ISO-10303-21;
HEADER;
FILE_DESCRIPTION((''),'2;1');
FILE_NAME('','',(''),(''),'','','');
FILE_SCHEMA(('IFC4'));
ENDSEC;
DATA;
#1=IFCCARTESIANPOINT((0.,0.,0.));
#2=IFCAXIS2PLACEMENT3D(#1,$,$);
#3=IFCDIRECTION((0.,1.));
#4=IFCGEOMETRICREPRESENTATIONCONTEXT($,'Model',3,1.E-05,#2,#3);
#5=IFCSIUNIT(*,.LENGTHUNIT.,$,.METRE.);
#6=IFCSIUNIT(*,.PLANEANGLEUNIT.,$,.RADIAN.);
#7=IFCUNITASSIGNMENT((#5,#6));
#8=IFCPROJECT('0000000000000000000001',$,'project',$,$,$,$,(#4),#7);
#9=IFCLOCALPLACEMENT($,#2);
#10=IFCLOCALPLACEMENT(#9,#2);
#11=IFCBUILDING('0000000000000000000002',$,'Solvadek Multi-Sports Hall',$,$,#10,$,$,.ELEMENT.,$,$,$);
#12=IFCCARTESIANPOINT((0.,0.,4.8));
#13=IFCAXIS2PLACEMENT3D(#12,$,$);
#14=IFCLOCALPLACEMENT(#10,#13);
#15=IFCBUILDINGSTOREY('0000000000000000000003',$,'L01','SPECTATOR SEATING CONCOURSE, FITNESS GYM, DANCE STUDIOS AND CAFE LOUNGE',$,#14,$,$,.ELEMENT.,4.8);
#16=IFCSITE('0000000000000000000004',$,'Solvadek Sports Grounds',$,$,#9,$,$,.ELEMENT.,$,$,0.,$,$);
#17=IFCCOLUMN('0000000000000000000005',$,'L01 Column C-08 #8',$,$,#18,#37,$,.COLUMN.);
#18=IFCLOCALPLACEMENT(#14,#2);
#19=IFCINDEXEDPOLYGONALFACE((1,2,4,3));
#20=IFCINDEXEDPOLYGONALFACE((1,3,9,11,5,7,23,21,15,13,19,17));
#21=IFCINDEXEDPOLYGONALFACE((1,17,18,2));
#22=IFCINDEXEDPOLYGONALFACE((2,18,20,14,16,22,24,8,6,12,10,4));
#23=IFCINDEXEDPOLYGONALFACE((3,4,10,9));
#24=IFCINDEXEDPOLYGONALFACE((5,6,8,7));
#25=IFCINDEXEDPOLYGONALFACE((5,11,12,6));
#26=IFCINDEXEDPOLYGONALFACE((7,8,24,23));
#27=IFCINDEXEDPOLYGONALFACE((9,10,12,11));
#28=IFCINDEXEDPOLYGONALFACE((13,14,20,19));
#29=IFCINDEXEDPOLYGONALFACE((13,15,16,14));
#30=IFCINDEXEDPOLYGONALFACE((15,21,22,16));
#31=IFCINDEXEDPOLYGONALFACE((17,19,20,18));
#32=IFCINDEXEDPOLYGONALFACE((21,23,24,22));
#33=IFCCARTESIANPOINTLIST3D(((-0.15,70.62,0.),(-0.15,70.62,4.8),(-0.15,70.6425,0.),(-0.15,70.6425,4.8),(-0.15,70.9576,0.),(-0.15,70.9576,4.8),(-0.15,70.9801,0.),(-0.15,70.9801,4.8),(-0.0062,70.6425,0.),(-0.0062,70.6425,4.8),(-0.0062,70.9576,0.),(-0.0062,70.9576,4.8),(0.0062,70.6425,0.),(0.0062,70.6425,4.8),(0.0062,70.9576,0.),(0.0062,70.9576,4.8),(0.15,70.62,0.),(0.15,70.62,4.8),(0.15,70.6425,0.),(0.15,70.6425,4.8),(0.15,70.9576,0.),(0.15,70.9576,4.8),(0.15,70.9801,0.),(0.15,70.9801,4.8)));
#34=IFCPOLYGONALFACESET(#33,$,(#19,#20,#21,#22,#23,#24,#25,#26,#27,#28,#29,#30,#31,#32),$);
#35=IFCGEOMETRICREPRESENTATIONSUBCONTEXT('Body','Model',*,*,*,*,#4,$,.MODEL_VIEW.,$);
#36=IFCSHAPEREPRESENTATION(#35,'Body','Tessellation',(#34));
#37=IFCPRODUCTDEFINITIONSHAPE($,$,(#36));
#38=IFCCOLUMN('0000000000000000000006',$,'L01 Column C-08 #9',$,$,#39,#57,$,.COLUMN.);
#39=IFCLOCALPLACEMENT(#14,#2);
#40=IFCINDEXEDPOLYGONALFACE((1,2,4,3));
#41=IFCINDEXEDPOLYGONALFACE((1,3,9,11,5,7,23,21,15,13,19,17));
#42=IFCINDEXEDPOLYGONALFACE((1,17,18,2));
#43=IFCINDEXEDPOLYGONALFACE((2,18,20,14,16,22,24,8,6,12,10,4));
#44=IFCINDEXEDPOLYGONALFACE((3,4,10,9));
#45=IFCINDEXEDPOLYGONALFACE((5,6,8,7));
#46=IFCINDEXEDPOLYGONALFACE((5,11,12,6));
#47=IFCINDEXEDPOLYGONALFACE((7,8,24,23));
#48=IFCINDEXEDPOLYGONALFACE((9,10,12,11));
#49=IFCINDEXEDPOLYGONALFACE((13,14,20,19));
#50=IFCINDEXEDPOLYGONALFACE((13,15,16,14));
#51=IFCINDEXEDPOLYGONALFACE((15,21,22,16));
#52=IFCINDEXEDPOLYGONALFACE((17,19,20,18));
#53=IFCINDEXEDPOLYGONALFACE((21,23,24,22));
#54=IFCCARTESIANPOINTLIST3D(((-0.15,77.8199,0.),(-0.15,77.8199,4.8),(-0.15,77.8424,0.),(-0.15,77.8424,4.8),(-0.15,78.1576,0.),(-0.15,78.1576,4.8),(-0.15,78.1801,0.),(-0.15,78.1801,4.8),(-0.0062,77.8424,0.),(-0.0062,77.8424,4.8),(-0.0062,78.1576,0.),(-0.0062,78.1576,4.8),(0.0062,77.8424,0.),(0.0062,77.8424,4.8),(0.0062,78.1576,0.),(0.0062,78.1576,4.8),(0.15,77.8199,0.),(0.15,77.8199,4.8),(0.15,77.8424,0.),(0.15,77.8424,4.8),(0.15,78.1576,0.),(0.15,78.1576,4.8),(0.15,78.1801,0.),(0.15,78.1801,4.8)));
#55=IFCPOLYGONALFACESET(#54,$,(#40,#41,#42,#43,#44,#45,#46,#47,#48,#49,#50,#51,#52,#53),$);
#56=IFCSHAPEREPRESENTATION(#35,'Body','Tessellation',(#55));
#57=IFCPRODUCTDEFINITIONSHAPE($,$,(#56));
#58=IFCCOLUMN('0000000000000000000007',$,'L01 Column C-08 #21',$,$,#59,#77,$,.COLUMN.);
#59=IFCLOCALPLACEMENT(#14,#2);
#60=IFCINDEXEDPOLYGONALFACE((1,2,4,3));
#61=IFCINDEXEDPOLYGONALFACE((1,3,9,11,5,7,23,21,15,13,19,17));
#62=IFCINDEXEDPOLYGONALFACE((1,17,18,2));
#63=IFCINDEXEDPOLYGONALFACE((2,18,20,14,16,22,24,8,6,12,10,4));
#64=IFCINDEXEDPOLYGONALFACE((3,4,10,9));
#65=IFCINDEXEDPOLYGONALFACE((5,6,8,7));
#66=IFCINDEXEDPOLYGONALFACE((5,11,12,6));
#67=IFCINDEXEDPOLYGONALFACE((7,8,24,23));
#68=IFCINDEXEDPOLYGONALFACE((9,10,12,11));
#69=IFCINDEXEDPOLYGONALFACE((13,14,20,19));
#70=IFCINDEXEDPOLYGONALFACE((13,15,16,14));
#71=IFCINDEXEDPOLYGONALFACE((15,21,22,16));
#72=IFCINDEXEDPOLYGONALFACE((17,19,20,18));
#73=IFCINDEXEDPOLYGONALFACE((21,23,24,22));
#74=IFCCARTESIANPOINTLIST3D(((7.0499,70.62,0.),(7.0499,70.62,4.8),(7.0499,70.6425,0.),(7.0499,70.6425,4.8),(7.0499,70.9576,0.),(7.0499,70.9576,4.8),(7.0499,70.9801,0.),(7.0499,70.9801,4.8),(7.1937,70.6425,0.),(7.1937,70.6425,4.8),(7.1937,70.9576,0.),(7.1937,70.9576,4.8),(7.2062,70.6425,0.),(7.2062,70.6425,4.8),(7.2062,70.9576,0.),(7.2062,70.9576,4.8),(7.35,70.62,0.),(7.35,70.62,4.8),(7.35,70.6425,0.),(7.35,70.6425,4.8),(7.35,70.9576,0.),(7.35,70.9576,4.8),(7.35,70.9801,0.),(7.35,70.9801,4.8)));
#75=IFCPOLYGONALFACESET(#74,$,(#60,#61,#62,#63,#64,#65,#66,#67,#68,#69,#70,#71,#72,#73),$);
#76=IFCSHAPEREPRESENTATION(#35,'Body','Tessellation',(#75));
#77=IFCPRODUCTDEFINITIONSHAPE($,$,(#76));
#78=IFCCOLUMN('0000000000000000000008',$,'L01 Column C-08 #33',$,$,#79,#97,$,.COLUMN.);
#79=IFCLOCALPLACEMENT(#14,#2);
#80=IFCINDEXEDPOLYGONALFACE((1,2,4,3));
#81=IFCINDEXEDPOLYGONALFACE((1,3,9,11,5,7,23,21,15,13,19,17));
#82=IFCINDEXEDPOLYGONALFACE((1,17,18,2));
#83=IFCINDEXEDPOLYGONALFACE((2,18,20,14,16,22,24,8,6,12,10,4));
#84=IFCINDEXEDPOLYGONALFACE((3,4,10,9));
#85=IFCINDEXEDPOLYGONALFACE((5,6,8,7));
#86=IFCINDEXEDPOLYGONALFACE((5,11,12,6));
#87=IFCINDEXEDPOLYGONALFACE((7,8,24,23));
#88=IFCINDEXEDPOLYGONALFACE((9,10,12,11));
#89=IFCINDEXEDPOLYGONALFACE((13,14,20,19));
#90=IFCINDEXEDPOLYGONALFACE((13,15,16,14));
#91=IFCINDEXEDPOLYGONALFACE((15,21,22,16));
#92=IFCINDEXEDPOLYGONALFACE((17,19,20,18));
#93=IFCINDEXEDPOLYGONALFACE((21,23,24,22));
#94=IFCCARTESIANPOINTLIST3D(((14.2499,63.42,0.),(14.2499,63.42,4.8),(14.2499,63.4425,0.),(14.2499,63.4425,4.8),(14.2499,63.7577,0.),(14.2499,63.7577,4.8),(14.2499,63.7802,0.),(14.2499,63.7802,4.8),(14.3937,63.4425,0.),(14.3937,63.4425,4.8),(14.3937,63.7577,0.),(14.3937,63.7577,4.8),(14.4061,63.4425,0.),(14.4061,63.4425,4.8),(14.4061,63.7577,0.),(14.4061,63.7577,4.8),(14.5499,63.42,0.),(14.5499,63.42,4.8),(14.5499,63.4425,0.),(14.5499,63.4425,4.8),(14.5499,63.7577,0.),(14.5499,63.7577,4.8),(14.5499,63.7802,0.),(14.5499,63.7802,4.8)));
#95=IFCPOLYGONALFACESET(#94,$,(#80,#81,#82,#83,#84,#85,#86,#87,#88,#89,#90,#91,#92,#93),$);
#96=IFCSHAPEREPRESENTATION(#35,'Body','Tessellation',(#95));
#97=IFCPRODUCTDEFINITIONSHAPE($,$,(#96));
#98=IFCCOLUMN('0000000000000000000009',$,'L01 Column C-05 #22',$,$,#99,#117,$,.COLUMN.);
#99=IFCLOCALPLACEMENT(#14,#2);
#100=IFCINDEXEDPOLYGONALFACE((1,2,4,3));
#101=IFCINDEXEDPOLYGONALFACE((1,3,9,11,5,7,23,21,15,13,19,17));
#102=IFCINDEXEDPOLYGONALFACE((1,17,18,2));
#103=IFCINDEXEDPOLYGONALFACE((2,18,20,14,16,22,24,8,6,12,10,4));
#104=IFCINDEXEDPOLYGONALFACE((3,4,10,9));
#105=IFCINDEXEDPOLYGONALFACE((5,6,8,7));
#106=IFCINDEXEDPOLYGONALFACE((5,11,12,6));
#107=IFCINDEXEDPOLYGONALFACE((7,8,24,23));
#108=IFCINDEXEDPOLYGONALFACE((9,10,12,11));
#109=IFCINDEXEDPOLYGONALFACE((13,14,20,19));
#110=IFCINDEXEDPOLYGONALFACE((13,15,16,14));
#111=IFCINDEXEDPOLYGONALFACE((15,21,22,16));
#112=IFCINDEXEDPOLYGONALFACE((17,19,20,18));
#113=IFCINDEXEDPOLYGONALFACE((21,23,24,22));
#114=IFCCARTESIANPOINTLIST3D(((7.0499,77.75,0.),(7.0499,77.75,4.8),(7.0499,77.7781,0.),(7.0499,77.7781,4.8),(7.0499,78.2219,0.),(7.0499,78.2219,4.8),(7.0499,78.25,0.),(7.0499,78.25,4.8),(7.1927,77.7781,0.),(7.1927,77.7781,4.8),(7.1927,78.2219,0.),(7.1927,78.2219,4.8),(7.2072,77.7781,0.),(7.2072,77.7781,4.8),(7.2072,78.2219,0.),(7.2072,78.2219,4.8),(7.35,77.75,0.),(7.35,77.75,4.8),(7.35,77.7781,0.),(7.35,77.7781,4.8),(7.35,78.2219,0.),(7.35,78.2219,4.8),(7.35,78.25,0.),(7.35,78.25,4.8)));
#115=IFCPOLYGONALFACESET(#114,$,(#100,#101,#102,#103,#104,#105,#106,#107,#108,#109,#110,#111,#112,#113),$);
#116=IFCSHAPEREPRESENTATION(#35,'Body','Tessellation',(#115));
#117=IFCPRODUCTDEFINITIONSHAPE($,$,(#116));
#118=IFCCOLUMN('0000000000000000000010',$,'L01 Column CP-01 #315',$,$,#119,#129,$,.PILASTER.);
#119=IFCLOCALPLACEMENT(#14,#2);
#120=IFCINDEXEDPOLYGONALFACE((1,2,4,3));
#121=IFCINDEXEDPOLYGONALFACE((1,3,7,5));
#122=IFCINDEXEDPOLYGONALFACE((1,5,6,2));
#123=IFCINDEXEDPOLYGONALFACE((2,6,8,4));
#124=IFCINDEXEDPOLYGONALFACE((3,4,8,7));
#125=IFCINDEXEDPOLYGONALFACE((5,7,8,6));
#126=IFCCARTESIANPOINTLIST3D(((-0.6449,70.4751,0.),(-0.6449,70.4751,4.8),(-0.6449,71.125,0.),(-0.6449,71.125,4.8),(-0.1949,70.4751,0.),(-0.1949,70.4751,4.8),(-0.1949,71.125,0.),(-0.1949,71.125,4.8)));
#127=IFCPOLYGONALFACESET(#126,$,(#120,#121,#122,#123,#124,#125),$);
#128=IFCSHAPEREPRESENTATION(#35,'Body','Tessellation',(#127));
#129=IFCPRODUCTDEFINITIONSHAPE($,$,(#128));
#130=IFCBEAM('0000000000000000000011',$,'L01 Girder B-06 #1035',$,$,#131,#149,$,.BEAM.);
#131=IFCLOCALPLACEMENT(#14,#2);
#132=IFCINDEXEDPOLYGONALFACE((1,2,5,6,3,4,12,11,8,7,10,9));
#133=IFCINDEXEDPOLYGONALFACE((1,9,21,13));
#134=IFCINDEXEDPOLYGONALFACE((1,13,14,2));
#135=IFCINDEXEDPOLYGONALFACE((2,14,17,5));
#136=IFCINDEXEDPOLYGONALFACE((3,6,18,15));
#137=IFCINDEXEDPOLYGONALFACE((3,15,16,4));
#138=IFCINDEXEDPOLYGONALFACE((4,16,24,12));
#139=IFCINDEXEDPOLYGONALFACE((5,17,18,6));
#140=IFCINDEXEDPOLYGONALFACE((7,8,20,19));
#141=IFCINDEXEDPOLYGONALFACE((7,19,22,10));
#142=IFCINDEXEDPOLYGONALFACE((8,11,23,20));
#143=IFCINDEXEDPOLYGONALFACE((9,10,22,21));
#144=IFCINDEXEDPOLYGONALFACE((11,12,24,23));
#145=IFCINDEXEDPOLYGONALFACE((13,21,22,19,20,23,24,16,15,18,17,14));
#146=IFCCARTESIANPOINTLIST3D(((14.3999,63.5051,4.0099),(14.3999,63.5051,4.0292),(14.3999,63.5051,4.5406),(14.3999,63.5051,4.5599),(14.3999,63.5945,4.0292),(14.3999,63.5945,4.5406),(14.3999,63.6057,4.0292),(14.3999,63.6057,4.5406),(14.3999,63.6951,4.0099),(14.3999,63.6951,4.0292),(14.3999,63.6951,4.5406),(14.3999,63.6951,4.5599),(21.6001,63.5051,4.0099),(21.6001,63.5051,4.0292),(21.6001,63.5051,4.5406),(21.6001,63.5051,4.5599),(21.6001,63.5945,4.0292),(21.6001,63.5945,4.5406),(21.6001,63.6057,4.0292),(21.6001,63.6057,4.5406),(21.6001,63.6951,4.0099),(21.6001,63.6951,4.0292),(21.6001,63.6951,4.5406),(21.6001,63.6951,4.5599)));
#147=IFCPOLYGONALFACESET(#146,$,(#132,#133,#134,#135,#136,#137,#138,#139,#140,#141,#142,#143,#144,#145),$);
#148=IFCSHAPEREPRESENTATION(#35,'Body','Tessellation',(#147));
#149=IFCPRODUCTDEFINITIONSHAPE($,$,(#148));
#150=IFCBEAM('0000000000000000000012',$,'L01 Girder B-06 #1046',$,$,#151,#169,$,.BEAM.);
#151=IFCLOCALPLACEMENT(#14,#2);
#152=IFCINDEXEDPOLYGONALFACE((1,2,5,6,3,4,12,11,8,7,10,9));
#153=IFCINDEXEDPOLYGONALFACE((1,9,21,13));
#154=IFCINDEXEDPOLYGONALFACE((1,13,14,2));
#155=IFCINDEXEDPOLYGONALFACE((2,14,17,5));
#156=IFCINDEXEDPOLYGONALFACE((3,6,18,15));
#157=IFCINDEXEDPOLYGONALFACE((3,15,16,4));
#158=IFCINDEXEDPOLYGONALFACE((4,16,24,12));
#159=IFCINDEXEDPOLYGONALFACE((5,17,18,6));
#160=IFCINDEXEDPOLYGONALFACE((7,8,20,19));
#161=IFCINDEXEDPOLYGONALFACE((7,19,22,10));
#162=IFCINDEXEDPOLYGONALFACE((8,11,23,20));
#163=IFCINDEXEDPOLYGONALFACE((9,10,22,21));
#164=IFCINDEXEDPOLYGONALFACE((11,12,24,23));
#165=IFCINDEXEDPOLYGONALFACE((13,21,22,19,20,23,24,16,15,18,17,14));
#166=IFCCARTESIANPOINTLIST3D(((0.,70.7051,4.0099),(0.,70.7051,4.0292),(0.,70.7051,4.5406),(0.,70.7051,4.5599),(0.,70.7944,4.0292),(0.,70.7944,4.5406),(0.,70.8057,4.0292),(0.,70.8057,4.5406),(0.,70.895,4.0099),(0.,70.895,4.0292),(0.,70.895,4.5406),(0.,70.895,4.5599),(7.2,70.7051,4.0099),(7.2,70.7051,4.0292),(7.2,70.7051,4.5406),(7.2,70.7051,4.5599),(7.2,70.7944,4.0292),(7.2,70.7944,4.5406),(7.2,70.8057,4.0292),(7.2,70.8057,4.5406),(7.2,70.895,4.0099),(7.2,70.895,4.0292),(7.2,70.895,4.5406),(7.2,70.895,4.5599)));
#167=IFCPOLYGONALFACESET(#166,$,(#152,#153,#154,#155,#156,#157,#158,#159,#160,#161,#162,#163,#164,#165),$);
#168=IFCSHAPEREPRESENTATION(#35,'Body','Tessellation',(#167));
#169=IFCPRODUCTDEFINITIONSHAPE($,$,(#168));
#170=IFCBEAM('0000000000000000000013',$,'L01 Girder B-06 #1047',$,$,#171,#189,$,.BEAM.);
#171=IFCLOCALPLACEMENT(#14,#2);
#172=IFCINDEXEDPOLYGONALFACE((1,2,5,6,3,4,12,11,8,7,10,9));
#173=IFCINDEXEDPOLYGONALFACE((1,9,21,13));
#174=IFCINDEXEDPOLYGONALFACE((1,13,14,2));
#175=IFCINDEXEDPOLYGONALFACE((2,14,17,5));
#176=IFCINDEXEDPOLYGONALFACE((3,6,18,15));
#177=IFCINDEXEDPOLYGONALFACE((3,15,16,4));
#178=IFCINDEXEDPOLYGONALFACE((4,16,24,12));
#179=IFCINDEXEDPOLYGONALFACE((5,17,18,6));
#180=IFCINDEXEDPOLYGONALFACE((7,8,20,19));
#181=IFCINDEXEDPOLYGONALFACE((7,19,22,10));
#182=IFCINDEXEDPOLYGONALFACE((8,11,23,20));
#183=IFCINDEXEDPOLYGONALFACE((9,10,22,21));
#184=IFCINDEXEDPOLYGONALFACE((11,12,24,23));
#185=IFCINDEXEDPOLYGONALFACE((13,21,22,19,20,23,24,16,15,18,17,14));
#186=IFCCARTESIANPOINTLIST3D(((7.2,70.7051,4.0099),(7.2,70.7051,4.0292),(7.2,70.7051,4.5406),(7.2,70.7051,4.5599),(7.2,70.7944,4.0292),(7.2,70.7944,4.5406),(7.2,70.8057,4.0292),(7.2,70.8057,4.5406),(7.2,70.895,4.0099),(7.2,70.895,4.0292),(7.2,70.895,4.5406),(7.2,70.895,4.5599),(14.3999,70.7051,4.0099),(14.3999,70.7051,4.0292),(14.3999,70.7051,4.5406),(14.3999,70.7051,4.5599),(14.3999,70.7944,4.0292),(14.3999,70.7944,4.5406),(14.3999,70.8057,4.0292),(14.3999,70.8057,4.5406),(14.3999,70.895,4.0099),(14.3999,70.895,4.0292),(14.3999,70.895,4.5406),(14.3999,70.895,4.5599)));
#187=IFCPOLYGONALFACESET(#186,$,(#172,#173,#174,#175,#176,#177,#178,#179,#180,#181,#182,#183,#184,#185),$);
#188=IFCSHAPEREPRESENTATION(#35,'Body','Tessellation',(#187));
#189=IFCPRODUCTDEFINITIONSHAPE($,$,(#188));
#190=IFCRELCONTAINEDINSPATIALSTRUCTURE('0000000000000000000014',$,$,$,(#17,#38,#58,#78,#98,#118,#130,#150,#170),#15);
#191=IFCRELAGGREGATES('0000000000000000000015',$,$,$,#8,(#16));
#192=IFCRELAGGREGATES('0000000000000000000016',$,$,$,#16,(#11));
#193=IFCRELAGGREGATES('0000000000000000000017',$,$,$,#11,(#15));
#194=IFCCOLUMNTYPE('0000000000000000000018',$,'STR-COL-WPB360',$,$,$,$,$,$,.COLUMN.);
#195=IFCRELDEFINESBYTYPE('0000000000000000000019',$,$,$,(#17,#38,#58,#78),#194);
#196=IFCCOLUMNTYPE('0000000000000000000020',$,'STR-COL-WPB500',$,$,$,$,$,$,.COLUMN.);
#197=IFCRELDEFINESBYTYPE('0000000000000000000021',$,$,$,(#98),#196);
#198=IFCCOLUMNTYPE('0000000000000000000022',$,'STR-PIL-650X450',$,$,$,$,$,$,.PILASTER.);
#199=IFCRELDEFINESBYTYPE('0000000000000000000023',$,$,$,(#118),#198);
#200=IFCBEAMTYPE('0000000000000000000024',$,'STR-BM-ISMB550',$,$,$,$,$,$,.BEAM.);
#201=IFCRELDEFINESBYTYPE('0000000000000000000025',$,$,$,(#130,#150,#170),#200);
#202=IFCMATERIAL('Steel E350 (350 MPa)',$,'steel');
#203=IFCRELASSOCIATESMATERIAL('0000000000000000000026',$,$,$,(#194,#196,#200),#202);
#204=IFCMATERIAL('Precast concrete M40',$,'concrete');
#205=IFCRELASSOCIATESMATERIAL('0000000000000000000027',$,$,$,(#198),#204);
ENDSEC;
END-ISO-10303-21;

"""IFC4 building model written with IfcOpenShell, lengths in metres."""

from ifc_helpers import new_model, si_unit, direction, frame, origin, origin_2d, place, context, subcontext, project, spatial, rectangle, i_section, extrude, material, material_profile, profile_set, type_object, element, save


model = new_model("IFC4")

# Units and contexts
model_context = context("Model", 3, precision=1e-05, world=origin(), true_north=direction((0.0, 1.0)))
body_context = subcontext(model_context, "Body", "Model", "MODEL_VIEW")
ifc_project = project(units=[si_unit("LENGTHUNIT", "METRE"), si_unit("PLANEANGLEUNIT", "RADIAN")], contexts=[model_context])

# Site, building, storey
site_placement = place(None, origin())
site = spatial("IfcSite", under=ifc_project, at=site_placement, Name="Solvadek Sports Grounds", CompositionType="ELEMENT", RefElevation=0.0)
building_placement = place(site_placement, origin())
building = spatial("IfcBuilding", under=site, at=building_placement, Name="Solvadek Multi-Sports Hall", CompositionType="ELEMENT")
storey_placement = place(building_placement, frame((0.0, 0.0, 4.8)))
storey = spatial("IfcBuildingStorey", under=building, at=storey_placement, Name="L01", Description="SPECTATOR SEATING CONCOURSE, FITNESS GYM, DANCE STUDIOS AND CAFE LOUNGE", CompositionType="ELEMENT", Elevation=4.8)

# Columns
ifc_material_1 = material(Name="Steel E350 (350 MPa)", Category="steel")
ifc_material_profile_1 = material_profile(ifc_material_1, i_section(OverallWidth=0.3, OverallDepth=0.3601, WebThickness=0.0125, FlangeThickness=0.0225, at=origin_2d()), Name="WPB 360")
ifc_profile_set_1 = profile_set([ifc_material_profile_1], Name="Steel E350 (350 MPa)")
column_type_1 = type_object("IfcColumnType", Name="STR-COL-WPB360", PredefinedType="COLUMN", material=ifc_profile_set_1)
for number, where, z_axis, x_axis, name in (
    (1, (0.0, 70.8, 0.0), (0.0, 0.0, 1.0), (1.0, 0.0, 0.0), "L01 Column C-08 #8"),
    (2, (0.0, 78.0, 0.0), (0.0, 0.0, 1.0), (1.0, 0.0, 0.0), "L01 Column C-08 #9"),
    (3, (7.2, 70.8, 0.0), (0.0, 0.0, 1.0), (1.0, 0.0, 0.0), "L01 Column C-08 #21"),
    (4, (14.3999, 63.6001, 0.0), (0.0, 0.0, 1.0), (1.0, 0.0, 0.0), "L01 Column C-08 #33"),
):
    element("IfcColumn", number, at=place(storey_placement, frame(where, z_axis=z_axis, x_axis=x_axis)), inside=storey, type_object=column_type_1, Name=name, PredefinedType="COLUMN", context=body_context, shape_type="SweptSolid", body=[
        extrude(i_section(OverallWidth=0.3, OverallDepth=0.3601, WebThickness=0.0125, FlangeThickness=0.0225, at=origin_2d()), origin(), (0.0, 0.0, 1.0), 4.8),
    ])
ifc_material_profile_2 = material_profile(ifc_material_1, i_section(OverallWidth=0.3, OverallDepth=0.5, WebThickness=0.0144, FlangeThickness=0.0281, at=origin_2d()), Name="WPB 500")
ifc_profile_set_2 = profile_set([ifc_material_profile_2], Name="Steel E350 (350 MPa)")
column_type_2 = type_object("IfcColumnType", Name="STR-COL-WPB500", PredefinedType="COLUMN", material=ifc_profile_set_2)
column_1_placement = place(storey_placement, frame((7.2, 78.0, 0.0), z_axis=(0.0, 0.0, 1.0), x_axis=(1.0, 0.0, 0.0)))
element("IfcColumn", 5, at=column_1_placement, inside=storey, type_object=column_type_2, Name="L01 Column C-05 #22", PredefinedType="COLUMN", context=body_context, shape_type="SweptSolid", body=[
    extrude(i_section(OverallWidth=0.3, OverallDepth=0.5, WebThickness=0.0144, FlangeThickness=0.0281, at=origin_2d()), origin(), (0.0, 0.0, 1.0), 4.8),
])
ifc_material_2 = material(Name="Precast concrete M40", Category="concrete")
ifc_material_profile_3 = material_profile(ifc_material_2, rectangle(XDim=0.45, YDim=0.6499, at=origin_2d()), Name="RC PILASTER 650x450")
ifc_profile_set_3 = profile_set([ifc_material_profile_3], Name="Precast concrete M40")
column_type_3 = type_object("IfcColumnType", Name="STR-PIL-650X450", PredefinedType="PILASTER", material=ifc_profile_set_3)
column_2_placement = place(storey_placement, frame((-0.4199, 70.8, 0.0), z_axis=(0.0, 0.0, 1.0), x_axis=(1.0, 0.0, 0.0)))
element("IfcColumn", 6, at=column_2_placement, inside=storey, type_object=column_type_3, Name="L01 Column CP-01 #315", PredefinedType="PILASTER", context=body_context, shape_type="SweptSolid", body=[
    extrude(rectangle(XDim=0.45, YDim=0.6499, at=origin_2d()), origin(), (0.0, 0.0, 1.0), 4.8),
])

# Beams
ifc_material_profile_4 = material_profile(ifc_material_1, i_section(OverallWidth=0.1899, OverallDepth=0.55, WebThickness=0.0112, FlangeThickness=0.0193, at=origin_2d()), Name="ISMB 550")
ifc_profile_set_4 = profile_set([ifc_material_profile_4], Name="Steel E350 (350 MPa)")
beam_type_1 = type_object("IfcBeamType", Name="STR-BM-ISMB550", PredefinedType="BEAM", material=ifc_profile_set_4)
beam_1_placement = place(storey_placement, frame((14.3999, 63.6001, 4.2849), z_axis=(1.0, 0.0, 0.0), x_axis=(0.0, 1.0, 0.0)))
element("IfcBeam", 7, at=beam_1_placement, inside=storey, type_object=beam_type_1, Name="L01 Girder B-06 #1035", PredefinedType="BEAM", context=body_context, shape_type="SweptSolid", body=[
    extrude(i_section(OverallWidth=0.1899, OverallDepth=0.55, WebThickness=0.0112, FlangeThickness=0.0193, at=origin_2d()), origin(), (0.0, 0.0, 1.0), 7.2002),
])
for number, where, z_axis, x_axis, name in (
    (8, (0.0, 70.8, 4.2849), (1.0, 0.0, 0.0), (0.0, 1.0, 0.0), "L01 Girder B-06 #1046"),
    (9, (7.2, 70.8, 4.2849), (1.0, 0.0, 0.0), (0.0, 1.0, 0.0), "L01 Girder B-06 #1047"),
):
    element("IfcBeam", number, at=place(storey_placement, frame(where, z_axis=z_axis, x_axis=x_axis)), inside=storey, type_object=beam_type_1, Name=name, PredefinedType="BEAM", context=body_context, shape_type="SweptSolid", body=[
        extrude(i_section(OverallWidth=0.1899, OverallDepth=0.55, WebThickness=0.0112, FlangeThickness=0.0193, at=origin_2d()), origin(), (0.0, 0.0, 1.0), 7.2),
    ])

save(model, "model.ifc")
